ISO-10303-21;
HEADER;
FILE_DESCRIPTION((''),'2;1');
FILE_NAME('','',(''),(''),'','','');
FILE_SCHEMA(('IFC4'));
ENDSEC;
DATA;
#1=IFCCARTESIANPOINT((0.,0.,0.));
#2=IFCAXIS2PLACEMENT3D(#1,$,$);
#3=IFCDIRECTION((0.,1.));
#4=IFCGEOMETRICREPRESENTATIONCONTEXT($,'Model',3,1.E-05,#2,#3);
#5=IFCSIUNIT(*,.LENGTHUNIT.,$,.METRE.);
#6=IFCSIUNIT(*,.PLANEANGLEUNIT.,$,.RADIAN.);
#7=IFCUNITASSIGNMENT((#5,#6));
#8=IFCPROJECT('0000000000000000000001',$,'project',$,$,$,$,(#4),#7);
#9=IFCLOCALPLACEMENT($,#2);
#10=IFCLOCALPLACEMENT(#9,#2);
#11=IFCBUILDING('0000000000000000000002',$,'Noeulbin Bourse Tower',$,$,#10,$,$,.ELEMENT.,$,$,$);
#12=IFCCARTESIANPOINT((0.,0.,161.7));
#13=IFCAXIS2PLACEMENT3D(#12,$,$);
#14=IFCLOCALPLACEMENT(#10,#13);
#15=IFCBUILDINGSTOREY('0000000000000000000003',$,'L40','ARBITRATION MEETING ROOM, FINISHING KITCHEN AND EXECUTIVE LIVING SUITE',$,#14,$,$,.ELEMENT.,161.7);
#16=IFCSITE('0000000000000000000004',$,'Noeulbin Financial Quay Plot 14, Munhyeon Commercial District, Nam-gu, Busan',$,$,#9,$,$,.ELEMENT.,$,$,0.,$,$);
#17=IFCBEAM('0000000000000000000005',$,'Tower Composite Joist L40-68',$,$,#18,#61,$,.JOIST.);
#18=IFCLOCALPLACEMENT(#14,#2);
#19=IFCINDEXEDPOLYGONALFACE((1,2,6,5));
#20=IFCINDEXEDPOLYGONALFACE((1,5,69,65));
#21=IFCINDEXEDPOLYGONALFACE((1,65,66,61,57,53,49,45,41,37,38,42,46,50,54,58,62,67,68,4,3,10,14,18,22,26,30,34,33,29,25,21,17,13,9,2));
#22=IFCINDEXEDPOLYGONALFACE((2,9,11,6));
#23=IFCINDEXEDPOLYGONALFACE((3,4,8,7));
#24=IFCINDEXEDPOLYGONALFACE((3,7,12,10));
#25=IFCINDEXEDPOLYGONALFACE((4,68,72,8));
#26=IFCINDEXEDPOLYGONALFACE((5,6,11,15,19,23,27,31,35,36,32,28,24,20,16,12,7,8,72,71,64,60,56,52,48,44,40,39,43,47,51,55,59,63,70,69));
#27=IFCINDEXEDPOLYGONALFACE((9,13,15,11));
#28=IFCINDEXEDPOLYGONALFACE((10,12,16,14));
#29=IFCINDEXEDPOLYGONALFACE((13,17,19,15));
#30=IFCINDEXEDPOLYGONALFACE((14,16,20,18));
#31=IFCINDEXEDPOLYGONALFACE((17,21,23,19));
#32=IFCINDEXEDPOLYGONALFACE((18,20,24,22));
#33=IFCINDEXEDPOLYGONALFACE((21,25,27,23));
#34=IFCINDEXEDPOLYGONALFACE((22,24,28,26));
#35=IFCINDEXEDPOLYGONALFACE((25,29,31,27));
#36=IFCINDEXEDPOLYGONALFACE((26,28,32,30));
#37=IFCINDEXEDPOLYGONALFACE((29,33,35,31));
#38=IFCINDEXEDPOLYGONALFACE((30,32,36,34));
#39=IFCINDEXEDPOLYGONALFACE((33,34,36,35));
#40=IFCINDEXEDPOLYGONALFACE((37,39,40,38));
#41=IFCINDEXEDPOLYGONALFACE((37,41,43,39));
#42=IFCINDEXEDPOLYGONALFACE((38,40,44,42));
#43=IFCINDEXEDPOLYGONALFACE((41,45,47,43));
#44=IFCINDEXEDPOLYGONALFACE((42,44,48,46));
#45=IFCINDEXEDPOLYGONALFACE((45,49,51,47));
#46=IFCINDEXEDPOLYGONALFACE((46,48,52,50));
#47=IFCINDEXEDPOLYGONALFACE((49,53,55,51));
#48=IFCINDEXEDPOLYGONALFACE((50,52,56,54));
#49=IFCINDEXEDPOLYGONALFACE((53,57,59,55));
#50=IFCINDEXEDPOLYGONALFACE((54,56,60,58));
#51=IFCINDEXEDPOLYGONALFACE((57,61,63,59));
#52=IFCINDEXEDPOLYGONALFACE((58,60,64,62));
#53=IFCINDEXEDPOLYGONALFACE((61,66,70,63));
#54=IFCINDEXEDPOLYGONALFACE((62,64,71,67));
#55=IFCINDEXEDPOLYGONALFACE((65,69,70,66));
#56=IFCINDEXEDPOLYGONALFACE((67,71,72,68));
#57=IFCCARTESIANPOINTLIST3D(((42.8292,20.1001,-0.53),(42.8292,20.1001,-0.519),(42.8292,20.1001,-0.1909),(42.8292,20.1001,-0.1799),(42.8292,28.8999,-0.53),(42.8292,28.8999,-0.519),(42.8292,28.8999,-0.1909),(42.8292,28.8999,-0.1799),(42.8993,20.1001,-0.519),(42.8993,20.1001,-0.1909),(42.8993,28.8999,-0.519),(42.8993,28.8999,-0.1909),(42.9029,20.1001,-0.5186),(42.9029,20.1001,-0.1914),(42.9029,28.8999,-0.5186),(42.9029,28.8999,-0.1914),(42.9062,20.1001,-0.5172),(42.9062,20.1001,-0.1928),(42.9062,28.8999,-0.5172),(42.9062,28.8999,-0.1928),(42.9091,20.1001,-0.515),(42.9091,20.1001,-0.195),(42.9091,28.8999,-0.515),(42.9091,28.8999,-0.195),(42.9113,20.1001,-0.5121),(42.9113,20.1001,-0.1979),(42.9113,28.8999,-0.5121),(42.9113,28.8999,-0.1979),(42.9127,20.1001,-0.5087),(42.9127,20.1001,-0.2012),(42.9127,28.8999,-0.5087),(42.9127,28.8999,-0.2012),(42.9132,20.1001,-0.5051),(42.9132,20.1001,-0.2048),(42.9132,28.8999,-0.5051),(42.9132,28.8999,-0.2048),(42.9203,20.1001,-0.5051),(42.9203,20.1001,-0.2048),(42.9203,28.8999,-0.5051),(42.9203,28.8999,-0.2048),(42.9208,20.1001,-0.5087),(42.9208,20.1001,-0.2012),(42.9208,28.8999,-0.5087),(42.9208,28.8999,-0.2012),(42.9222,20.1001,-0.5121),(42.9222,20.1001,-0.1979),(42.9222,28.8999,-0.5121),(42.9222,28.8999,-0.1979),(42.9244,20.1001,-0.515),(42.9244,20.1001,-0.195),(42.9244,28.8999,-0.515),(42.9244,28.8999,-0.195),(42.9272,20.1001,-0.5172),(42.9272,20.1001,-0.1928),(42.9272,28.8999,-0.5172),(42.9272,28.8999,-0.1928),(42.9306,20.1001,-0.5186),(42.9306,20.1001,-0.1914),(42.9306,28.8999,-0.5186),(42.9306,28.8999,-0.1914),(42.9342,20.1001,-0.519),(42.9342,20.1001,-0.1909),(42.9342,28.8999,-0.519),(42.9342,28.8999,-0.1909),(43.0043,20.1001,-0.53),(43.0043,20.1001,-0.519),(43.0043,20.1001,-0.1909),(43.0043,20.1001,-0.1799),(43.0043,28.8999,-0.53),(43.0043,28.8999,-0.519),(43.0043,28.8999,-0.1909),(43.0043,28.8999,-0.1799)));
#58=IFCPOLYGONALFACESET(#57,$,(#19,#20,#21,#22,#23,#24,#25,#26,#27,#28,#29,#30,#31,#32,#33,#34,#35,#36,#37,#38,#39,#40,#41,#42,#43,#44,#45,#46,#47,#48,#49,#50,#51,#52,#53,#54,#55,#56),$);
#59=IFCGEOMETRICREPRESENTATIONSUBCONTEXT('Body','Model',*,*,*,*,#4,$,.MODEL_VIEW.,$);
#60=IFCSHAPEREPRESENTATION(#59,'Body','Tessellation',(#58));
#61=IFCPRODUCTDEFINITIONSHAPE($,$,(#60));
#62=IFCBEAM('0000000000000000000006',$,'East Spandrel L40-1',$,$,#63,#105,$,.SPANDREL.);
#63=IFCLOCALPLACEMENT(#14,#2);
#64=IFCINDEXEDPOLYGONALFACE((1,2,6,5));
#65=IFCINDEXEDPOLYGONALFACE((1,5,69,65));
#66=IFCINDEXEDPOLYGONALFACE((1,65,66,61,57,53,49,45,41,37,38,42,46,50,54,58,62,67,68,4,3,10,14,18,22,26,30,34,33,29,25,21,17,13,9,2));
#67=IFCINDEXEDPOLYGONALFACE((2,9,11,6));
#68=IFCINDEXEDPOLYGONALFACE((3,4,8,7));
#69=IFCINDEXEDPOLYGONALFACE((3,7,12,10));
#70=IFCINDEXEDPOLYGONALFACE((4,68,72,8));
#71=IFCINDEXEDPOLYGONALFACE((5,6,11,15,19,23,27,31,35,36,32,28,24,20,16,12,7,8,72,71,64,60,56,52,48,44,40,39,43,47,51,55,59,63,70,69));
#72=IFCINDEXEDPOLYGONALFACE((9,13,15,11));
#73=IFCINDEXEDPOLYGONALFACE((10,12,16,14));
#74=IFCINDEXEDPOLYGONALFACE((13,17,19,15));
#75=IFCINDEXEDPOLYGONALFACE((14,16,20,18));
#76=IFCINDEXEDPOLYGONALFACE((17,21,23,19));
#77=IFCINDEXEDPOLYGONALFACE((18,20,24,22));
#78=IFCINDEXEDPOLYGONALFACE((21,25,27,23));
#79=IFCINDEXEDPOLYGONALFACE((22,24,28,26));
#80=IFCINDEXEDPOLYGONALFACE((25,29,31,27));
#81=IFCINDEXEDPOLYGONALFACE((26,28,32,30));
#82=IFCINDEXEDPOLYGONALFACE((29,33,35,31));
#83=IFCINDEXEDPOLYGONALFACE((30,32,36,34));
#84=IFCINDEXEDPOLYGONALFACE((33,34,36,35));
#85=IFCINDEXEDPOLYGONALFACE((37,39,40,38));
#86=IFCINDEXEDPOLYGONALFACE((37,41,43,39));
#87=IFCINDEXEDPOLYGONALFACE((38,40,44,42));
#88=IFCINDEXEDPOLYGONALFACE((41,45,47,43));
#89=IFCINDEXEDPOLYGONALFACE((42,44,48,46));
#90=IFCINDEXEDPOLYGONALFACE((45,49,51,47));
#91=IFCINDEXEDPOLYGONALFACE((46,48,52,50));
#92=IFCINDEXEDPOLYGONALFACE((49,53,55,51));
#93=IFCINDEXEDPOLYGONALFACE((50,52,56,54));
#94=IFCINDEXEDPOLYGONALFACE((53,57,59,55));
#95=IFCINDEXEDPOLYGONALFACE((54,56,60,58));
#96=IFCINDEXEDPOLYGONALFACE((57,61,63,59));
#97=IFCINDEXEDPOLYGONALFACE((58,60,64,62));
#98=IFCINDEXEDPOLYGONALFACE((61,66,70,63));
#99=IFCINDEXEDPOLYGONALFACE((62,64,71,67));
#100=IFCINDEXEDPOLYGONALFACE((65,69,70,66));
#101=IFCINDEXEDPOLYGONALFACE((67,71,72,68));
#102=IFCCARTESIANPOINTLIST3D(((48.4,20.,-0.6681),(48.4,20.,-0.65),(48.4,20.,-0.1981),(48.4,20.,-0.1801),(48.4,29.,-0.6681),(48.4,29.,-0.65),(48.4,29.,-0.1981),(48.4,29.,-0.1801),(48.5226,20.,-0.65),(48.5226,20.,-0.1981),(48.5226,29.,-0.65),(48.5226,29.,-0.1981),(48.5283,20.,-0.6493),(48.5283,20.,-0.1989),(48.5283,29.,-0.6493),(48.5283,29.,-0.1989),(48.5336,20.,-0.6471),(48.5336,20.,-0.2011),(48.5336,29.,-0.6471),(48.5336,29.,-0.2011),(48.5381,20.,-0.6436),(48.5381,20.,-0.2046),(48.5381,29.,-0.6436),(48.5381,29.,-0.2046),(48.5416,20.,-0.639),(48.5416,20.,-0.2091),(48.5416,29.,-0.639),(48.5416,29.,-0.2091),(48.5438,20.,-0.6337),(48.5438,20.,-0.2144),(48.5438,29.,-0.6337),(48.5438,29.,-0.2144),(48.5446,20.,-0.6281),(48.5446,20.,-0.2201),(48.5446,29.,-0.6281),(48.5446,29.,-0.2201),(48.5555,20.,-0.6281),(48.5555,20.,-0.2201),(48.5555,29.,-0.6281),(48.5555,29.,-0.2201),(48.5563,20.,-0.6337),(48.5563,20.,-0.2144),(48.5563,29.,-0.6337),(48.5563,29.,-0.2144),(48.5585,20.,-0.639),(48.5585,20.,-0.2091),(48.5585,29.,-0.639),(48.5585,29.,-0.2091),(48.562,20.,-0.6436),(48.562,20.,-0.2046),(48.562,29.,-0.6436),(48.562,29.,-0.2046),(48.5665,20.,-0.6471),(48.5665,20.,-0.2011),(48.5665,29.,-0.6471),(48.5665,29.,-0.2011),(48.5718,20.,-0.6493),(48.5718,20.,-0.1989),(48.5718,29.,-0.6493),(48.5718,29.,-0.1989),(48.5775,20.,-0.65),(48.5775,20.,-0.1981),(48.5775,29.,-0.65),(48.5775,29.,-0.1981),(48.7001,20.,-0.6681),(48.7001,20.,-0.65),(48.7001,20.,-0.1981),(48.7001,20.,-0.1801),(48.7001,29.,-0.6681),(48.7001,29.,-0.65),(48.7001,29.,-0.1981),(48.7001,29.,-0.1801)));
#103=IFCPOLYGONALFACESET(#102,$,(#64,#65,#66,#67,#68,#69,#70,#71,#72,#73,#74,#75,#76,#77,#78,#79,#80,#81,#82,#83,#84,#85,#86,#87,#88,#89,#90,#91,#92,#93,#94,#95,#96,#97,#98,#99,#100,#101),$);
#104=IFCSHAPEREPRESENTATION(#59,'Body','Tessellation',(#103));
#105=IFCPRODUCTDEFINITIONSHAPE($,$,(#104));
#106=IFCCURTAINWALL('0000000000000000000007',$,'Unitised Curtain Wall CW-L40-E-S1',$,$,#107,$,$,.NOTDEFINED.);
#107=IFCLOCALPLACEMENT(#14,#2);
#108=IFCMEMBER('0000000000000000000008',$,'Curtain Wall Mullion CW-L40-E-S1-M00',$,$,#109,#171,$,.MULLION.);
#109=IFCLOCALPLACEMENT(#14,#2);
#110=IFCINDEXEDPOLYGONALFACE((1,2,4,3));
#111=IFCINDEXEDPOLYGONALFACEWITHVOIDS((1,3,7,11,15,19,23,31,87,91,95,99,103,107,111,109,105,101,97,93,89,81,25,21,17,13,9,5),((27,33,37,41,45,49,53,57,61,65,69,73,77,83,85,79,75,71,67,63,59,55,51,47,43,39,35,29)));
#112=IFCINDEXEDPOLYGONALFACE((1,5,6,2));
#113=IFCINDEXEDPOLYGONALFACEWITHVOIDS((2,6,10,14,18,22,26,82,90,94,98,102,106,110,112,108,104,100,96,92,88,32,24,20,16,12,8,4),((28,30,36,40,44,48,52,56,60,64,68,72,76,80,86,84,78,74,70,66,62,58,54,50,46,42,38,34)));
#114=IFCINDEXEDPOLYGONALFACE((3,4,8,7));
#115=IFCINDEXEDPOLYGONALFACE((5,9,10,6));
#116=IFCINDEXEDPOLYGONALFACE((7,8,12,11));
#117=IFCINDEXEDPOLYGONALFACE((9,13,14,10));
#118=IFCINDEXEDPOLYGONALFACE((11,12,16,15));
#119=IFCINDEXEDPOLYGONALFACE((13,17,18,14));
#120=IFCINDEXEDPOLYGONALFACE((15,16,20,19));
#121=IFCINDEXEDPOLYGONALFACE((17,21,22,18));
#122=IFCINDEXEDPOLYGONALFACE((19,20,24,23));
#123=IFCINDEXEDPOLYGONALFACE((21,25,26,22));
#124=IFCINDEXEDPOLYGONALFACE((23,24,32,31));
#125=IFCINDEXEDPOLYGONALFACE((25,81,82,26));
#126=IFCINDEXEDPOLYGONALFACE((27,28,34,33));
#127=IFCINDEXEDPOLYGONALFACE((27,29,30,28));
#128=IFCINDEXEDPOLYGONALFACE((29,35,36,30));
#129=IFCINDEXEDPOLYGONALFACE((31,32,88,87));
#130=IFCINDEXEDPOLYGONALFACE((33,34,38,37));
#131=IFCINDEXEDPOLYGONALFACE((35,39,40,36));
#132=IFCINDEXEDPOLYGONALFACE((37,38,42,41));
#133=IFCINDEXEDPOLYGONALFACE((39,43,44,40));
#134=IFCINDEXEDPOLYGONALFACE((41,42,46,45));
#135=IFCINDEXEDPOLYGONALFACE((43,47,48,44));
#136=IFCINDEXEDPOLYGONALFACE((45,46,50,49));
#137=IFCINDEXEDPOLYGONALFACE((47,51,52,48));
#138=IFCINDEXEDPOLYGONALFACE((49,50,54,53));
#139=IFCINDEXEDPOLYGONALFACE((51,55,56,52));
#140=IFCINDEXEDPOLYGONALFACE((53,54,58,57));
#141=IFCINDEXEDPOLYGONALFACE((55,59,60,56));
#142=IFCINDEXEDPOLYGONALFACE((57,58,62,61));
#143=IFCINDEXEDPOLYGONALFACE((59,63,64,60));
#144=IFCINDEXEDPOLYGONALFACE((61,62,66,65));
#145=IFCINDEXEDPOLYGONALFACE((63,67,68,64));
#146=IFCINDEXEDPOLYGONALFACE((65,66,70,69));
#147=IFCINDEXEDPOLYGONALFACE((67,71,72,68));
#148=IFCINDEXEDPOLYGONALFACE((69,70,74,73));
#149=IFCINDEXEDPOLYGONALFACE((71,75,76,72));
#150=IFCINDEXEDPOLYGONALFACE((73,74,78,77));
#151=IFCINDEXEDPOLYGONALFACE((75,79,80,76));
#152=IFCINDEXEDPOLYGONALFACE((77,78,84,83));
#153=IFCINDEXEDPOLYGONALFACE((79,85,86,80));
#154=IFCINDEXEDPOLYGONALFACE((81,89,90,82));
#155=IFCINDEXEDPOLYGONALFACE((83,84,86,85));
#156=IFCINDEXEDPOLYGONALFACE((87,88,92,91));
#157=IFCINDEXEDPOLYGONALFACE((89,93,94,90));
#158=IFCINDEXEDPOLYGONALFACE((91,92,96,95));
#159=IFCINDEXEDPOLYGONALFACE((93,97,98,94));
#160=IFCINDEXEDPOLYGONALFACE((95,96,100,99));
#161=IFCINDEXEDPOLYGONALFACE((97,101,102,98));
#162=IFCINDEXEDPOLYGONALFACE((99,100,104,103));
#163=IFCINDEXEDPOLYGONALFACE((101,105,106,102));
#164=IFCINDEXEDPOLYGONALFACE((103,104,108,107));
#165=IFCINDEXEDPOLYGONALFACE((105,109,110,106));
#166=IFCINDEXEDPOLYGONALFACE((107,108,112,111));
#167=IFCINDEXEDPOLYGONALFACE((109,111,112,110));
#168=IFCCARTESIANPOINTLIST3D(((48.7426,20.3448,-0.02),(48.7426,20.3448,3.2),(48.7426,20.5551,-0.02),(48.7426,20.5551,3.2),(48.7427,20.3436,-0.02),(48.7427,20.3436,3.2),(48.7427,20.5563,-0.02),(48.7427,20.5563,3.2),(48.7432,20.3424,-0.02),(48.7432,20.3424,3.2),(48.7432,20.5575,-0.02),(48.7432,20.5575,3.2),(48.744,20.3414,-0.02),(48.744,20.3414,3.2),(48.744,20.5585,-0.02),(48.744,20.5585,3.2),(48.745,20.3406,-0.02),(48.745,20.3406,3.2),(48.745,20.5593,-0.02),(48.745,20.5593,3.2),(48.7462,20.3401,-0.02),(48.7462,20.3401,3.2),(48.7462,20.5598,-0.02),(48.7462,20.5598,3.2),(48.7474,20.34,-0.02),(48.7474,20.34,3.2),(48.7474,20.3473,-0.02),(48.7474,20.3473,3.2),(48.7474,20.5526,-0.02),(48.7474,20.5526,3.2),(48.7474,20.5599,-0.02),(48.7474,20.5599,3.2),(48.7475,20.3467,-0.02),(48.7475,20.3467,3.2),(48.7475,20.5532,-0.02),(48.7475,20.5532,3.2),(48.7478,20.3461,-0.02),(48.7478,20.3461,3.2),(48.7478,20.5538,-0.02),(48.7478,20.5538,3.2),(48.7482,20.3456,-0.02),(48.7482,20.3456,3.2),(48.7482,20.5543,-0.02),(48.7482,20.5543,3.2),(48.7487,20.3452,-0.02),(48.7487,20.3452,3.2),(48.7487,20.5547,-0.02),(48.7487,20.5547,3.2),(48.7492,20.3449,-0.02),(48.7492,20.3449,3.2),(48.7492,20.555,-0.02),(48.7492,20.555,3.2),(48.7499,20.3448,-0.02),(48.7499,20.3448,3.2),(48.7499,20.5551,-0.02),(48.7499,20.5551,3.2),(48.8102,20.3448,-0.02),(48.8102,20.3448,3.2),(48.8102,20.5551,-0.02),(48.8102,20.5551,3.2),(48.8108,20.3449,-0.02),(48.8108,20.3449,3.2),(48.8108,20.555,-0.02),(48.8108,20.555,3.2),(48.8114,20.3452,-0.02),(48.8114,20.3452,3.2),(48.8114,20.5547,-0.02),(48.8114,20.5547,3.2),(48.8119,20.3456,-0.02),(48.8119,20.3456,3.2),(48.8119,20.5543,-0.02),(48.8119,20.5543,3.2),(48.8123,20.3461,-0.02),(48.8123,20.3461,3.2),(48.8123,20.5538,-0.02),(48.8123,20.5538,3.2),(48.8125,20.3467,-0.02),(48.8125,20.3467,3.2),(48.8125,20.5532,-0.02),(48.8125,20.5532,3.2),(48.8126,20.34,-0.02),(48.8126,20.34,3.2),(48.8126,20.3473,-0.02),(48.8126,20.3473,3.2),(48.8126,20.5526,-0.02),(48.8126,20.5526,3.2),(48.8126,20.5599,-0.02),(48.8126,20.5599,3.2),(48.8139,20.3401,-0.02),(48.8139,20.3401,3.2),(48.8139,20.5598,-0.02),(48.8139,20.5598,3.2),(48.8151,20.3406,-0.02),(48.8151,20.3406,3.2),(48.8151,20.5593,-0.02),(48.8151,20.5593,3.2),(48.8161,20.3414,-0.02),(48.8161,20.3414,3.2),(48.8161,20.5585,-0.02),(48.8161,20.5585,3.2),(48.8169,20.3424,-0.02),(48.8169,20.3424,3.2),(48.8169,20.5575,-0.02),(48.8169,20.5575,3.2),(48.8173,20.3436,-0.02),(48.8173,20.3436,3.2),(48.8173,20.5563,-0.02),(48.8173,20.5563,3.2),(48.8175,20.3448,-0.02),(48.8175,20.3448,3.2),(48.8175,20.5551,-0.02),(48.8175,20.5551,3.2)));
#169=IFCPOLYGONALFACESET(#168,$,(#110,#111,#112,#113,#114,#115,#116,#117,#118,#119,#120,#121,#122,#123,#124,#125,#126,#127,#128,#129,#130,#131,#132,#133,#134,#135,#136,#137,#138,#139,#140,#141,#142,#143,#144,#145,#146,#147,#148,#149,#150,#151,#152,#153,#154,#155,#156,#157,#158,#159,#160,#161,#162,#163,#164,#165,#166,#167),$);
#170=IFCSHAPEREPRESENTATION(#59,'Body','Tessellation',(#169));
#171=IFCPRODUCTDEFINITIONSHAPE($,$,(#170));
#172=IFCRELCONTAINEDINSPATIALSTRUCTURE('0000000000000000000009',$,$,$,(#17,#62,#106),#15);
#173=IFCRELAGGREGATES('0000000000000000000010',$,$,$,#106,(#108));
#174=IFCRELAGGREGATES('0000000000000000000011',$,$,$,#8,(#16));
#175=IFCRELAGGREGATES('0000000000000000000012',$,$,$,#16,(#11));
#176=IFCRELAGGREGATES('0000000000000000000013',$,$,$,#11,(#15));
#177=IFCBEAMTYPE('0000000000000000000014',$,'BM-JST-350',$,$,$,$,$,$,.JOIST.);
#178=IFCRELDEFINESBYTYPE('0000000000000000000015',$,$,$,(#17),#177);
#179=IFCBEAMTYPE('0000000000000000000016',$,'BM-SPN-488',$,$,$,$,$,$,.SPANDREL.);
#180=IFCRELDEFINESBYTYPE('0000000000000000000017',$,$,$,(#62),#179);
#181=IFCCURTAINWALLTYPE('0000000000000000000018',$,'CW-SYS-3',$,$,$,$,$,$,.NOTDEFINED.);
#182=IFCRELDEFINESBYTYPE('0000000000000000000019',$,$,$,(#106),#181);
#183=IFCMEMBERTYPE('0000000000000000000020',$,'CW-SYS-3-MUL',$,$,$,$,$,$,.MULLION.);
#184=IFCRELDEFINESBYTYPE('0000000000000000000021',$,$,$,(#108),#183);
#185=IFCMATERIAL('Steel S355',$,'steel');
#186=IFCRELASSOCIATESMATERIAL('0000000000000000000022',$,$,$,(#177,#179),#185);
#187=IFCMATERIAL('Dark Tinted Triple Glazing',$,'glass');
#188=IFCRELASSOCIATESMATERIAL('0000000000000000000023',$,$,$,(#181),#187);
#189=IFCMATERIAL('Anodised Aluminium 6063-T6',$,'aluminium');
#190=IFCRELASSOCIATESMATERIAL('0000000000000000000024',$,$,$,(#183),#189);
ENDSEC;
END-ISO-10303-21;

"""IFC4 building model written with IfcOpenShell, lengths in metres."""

from ifc_helpers import new_model, si_unit, direction, frame, origin, origin_2d, place, context, subcontext, project, spatial, hollow_rectangle, i_section, extrude, material, material_profile, profile_set, type_object, element, aggregate, save


model = new_model("IFC4")

# Units and contexts
model_context = context("Model", 3, precision=1e-05, world=origin(), true_north=direction((0.0, 1.0)))
body_context = subcontext(model_context, "Body", "Model", "MODEL_VIEW")
ifc_project = project(units=[si_unit("LENGTHUNIT", "METRE"), si_unit("PLANEANGLEUNIT", "RADIAN")], contexts=[model_context])

# Site, building, storey
site_placement = place(None, origin())
site = spatial("IfcSite", under=ifc_project, at=site_placement, Name="Noeulbin Financial Quay Plot 14, Munhyeon Commercial District, Nam-gu, Busan", CompositionType="ELEMENT", RefElevation=0.0)
building_placement = place(site_placement, origin())
building = spatial("IfcBuilding", under=site, at=building_placement, Name="Noeulbin Bourse Tower", CompositionType="ELEMENT")
storey_placement = place(building_placement, frame((0.0, 0.0, 161.7)))
storey = spatial("IfcBuildingStorey", under=building, at=storey_placement, Name="L40", Description="ARBITRATION MEETING ROOM, FINISHING KITCHEN AND EXECUTIVE LIVING SUITE", CompositionType="ELEMENT", Elevation=161.7)

# Shared definitions
ifc_material_1 = material(Name="Steel S355", Category="steel")

# Beams
ifc_material_profile_1 = material_profile(ifc_material_1, i_section(OverallWidth=0.175, OverallDepth=0.3501, WebThickness=0.0071, FlangeThickness=0.011, FilletRadius=0.0139, at=origin_2d()), Name="H-350x175x7x11", Category="LoadBearing")
ifc_profile_set_1 = profile_set([ifc_material_profile_1], Name="Steel S355")
beam_type_1 = type_object("IfcBeamType", Name="BM-JST-350", PredefinedType="JOIST", material=ifc_profile_set_1)
for number, where, z_axis, x_axis, name in (
    (1, (42.9167, 20.1001, -0.355), (0.0, 1.0, 0.0), (-1.0, 0.0, 0.0), "Tower Composite Joist L40-68"),
):
    element("IfcBeam", number, at=place(storey_placement, frame(where, z_axis=z_axis, x_axis=x_axis)), inside=storey, type_object=beam_type_1, Name=name, PredefinedType="JOIST", context=body_context, shape_type="SweptSolid", body=[
        extrude(i_section(OverallWidth=0.175, OverallDepth=0.3501, WebThickness=0.0071, FlangeThickness=0.011, FilletRadius=0.0139, at=origin_2d()), origin(), (0.0, 0.0, 1.0), 8.7998),
    ])
ifc_material_profile_2 = material_profile(ifc_material_1, i_section(OverallWidth=0.3, OverallDepth=0.488, WebThickness=0.011, FlangeThickness=0.0181, FilletRadius=0.022, at=origin_2d()), Name="H-488x300x11x18", Category="LoadBearing")
ifc_profile_set_2 = profile_set([ifc_material_profile_2], Name="Steel S355")
beam_type_2 = type_object("IfcBeamType", Name="BM-SPN-488", PredefinedType="SPANDREL", material=ifc_profile_set_2)
beam_1_placement = place(storey_placement, frame((48.55, 20.0, -0.4241), z_axis=(0.0, 1.0, 0.0), x_axis=(-1.0, 0.0, 0.0)))
element("IfcBeam", 2, at=beam_1_placement, inside=storey, type_object=beam_type_2, Name="East Spandrel L40-1", PredefinedType="SPANDREL", context=body_context, shape_type="SweptSolid", body=[
    extrude(i_section(OverallWidth=0.3, OverallDepth=0.488, WebThickness=0.011, FlangeThickness=0.0181, FilletRadius=0.022, at=origin_2d()), origin(), (0.0, 0.0, 1.0), 9.0),
])

# Curtain wall, member
ifc_material_2 = material(Name="Dark Tinted Triple Glazing", Category="glass")
curtain_wall_type = type_object("IfcCurtainWallType", Name="CW-SYS-3", PredefinedType="NOTDEFINED", material=ifc_material_2)
curtain_wall_placement = place(storey_placement, origin())
curtain_wall = element("IfcCurtainWall", 3, at=curtain_wall_placement, inside=storey, type_object=curtain_wall_type, Name="Unitised Curtain Wall CW-L40-E-S1", PredefinedType="NOTDEFINED")
ifc_material_3 = material(Name="Anodised Aluminium 6063-T6", Category="aluminium")
ifc_material_profile_3 = material_profile(ifc_material_3, hollow_rectangle(XDim=0.075, YDim=0.22, WallThickness=0.0049, InnerFilletRadius=0.0024, OuterFilletRadius=0.0049, at=origin_2d()), Name="ALU-MULL-75x220x5", Category="LoadBearing")
ifc_profile_set_3 = profile_set([ifc_material_profile_3], Name="Anodised Aluminium 6063-T6")
member_type_1 = type_object("IfcMemberType", Name="CW-SYS-3-MUL", PredefinedType="MULLION", material=ifc_profile_set_3)
member_1_placement = place(storey_placement, frame((48.78, 20.45, -0.02), z_axis=(0.0, 0.0, 1.0), x_axis=(1.0, 0.0, 0.0)))
member_1 = element("IfcMember", 4, at=member_1_placement, type_object=member_type_1, Name="Curtain Wall Mullion CW-L40-E-S1-M00", PredefinedType="MULLION", context=body_context, shape_type="SweptSolid", body=[
    extrude(hollow_rectangle(XDim=0.075, YDim=0.22, WallThickness=0.0049, InnerFilletRadius=0.0024, OuterFilletRadius=0.0049, at=origin_2d()), origin(), (0.0, 0.0, 1.0), 3.22),
])
aggregate(curtain_wall, [member_1])

save(model, "model.ifc")
